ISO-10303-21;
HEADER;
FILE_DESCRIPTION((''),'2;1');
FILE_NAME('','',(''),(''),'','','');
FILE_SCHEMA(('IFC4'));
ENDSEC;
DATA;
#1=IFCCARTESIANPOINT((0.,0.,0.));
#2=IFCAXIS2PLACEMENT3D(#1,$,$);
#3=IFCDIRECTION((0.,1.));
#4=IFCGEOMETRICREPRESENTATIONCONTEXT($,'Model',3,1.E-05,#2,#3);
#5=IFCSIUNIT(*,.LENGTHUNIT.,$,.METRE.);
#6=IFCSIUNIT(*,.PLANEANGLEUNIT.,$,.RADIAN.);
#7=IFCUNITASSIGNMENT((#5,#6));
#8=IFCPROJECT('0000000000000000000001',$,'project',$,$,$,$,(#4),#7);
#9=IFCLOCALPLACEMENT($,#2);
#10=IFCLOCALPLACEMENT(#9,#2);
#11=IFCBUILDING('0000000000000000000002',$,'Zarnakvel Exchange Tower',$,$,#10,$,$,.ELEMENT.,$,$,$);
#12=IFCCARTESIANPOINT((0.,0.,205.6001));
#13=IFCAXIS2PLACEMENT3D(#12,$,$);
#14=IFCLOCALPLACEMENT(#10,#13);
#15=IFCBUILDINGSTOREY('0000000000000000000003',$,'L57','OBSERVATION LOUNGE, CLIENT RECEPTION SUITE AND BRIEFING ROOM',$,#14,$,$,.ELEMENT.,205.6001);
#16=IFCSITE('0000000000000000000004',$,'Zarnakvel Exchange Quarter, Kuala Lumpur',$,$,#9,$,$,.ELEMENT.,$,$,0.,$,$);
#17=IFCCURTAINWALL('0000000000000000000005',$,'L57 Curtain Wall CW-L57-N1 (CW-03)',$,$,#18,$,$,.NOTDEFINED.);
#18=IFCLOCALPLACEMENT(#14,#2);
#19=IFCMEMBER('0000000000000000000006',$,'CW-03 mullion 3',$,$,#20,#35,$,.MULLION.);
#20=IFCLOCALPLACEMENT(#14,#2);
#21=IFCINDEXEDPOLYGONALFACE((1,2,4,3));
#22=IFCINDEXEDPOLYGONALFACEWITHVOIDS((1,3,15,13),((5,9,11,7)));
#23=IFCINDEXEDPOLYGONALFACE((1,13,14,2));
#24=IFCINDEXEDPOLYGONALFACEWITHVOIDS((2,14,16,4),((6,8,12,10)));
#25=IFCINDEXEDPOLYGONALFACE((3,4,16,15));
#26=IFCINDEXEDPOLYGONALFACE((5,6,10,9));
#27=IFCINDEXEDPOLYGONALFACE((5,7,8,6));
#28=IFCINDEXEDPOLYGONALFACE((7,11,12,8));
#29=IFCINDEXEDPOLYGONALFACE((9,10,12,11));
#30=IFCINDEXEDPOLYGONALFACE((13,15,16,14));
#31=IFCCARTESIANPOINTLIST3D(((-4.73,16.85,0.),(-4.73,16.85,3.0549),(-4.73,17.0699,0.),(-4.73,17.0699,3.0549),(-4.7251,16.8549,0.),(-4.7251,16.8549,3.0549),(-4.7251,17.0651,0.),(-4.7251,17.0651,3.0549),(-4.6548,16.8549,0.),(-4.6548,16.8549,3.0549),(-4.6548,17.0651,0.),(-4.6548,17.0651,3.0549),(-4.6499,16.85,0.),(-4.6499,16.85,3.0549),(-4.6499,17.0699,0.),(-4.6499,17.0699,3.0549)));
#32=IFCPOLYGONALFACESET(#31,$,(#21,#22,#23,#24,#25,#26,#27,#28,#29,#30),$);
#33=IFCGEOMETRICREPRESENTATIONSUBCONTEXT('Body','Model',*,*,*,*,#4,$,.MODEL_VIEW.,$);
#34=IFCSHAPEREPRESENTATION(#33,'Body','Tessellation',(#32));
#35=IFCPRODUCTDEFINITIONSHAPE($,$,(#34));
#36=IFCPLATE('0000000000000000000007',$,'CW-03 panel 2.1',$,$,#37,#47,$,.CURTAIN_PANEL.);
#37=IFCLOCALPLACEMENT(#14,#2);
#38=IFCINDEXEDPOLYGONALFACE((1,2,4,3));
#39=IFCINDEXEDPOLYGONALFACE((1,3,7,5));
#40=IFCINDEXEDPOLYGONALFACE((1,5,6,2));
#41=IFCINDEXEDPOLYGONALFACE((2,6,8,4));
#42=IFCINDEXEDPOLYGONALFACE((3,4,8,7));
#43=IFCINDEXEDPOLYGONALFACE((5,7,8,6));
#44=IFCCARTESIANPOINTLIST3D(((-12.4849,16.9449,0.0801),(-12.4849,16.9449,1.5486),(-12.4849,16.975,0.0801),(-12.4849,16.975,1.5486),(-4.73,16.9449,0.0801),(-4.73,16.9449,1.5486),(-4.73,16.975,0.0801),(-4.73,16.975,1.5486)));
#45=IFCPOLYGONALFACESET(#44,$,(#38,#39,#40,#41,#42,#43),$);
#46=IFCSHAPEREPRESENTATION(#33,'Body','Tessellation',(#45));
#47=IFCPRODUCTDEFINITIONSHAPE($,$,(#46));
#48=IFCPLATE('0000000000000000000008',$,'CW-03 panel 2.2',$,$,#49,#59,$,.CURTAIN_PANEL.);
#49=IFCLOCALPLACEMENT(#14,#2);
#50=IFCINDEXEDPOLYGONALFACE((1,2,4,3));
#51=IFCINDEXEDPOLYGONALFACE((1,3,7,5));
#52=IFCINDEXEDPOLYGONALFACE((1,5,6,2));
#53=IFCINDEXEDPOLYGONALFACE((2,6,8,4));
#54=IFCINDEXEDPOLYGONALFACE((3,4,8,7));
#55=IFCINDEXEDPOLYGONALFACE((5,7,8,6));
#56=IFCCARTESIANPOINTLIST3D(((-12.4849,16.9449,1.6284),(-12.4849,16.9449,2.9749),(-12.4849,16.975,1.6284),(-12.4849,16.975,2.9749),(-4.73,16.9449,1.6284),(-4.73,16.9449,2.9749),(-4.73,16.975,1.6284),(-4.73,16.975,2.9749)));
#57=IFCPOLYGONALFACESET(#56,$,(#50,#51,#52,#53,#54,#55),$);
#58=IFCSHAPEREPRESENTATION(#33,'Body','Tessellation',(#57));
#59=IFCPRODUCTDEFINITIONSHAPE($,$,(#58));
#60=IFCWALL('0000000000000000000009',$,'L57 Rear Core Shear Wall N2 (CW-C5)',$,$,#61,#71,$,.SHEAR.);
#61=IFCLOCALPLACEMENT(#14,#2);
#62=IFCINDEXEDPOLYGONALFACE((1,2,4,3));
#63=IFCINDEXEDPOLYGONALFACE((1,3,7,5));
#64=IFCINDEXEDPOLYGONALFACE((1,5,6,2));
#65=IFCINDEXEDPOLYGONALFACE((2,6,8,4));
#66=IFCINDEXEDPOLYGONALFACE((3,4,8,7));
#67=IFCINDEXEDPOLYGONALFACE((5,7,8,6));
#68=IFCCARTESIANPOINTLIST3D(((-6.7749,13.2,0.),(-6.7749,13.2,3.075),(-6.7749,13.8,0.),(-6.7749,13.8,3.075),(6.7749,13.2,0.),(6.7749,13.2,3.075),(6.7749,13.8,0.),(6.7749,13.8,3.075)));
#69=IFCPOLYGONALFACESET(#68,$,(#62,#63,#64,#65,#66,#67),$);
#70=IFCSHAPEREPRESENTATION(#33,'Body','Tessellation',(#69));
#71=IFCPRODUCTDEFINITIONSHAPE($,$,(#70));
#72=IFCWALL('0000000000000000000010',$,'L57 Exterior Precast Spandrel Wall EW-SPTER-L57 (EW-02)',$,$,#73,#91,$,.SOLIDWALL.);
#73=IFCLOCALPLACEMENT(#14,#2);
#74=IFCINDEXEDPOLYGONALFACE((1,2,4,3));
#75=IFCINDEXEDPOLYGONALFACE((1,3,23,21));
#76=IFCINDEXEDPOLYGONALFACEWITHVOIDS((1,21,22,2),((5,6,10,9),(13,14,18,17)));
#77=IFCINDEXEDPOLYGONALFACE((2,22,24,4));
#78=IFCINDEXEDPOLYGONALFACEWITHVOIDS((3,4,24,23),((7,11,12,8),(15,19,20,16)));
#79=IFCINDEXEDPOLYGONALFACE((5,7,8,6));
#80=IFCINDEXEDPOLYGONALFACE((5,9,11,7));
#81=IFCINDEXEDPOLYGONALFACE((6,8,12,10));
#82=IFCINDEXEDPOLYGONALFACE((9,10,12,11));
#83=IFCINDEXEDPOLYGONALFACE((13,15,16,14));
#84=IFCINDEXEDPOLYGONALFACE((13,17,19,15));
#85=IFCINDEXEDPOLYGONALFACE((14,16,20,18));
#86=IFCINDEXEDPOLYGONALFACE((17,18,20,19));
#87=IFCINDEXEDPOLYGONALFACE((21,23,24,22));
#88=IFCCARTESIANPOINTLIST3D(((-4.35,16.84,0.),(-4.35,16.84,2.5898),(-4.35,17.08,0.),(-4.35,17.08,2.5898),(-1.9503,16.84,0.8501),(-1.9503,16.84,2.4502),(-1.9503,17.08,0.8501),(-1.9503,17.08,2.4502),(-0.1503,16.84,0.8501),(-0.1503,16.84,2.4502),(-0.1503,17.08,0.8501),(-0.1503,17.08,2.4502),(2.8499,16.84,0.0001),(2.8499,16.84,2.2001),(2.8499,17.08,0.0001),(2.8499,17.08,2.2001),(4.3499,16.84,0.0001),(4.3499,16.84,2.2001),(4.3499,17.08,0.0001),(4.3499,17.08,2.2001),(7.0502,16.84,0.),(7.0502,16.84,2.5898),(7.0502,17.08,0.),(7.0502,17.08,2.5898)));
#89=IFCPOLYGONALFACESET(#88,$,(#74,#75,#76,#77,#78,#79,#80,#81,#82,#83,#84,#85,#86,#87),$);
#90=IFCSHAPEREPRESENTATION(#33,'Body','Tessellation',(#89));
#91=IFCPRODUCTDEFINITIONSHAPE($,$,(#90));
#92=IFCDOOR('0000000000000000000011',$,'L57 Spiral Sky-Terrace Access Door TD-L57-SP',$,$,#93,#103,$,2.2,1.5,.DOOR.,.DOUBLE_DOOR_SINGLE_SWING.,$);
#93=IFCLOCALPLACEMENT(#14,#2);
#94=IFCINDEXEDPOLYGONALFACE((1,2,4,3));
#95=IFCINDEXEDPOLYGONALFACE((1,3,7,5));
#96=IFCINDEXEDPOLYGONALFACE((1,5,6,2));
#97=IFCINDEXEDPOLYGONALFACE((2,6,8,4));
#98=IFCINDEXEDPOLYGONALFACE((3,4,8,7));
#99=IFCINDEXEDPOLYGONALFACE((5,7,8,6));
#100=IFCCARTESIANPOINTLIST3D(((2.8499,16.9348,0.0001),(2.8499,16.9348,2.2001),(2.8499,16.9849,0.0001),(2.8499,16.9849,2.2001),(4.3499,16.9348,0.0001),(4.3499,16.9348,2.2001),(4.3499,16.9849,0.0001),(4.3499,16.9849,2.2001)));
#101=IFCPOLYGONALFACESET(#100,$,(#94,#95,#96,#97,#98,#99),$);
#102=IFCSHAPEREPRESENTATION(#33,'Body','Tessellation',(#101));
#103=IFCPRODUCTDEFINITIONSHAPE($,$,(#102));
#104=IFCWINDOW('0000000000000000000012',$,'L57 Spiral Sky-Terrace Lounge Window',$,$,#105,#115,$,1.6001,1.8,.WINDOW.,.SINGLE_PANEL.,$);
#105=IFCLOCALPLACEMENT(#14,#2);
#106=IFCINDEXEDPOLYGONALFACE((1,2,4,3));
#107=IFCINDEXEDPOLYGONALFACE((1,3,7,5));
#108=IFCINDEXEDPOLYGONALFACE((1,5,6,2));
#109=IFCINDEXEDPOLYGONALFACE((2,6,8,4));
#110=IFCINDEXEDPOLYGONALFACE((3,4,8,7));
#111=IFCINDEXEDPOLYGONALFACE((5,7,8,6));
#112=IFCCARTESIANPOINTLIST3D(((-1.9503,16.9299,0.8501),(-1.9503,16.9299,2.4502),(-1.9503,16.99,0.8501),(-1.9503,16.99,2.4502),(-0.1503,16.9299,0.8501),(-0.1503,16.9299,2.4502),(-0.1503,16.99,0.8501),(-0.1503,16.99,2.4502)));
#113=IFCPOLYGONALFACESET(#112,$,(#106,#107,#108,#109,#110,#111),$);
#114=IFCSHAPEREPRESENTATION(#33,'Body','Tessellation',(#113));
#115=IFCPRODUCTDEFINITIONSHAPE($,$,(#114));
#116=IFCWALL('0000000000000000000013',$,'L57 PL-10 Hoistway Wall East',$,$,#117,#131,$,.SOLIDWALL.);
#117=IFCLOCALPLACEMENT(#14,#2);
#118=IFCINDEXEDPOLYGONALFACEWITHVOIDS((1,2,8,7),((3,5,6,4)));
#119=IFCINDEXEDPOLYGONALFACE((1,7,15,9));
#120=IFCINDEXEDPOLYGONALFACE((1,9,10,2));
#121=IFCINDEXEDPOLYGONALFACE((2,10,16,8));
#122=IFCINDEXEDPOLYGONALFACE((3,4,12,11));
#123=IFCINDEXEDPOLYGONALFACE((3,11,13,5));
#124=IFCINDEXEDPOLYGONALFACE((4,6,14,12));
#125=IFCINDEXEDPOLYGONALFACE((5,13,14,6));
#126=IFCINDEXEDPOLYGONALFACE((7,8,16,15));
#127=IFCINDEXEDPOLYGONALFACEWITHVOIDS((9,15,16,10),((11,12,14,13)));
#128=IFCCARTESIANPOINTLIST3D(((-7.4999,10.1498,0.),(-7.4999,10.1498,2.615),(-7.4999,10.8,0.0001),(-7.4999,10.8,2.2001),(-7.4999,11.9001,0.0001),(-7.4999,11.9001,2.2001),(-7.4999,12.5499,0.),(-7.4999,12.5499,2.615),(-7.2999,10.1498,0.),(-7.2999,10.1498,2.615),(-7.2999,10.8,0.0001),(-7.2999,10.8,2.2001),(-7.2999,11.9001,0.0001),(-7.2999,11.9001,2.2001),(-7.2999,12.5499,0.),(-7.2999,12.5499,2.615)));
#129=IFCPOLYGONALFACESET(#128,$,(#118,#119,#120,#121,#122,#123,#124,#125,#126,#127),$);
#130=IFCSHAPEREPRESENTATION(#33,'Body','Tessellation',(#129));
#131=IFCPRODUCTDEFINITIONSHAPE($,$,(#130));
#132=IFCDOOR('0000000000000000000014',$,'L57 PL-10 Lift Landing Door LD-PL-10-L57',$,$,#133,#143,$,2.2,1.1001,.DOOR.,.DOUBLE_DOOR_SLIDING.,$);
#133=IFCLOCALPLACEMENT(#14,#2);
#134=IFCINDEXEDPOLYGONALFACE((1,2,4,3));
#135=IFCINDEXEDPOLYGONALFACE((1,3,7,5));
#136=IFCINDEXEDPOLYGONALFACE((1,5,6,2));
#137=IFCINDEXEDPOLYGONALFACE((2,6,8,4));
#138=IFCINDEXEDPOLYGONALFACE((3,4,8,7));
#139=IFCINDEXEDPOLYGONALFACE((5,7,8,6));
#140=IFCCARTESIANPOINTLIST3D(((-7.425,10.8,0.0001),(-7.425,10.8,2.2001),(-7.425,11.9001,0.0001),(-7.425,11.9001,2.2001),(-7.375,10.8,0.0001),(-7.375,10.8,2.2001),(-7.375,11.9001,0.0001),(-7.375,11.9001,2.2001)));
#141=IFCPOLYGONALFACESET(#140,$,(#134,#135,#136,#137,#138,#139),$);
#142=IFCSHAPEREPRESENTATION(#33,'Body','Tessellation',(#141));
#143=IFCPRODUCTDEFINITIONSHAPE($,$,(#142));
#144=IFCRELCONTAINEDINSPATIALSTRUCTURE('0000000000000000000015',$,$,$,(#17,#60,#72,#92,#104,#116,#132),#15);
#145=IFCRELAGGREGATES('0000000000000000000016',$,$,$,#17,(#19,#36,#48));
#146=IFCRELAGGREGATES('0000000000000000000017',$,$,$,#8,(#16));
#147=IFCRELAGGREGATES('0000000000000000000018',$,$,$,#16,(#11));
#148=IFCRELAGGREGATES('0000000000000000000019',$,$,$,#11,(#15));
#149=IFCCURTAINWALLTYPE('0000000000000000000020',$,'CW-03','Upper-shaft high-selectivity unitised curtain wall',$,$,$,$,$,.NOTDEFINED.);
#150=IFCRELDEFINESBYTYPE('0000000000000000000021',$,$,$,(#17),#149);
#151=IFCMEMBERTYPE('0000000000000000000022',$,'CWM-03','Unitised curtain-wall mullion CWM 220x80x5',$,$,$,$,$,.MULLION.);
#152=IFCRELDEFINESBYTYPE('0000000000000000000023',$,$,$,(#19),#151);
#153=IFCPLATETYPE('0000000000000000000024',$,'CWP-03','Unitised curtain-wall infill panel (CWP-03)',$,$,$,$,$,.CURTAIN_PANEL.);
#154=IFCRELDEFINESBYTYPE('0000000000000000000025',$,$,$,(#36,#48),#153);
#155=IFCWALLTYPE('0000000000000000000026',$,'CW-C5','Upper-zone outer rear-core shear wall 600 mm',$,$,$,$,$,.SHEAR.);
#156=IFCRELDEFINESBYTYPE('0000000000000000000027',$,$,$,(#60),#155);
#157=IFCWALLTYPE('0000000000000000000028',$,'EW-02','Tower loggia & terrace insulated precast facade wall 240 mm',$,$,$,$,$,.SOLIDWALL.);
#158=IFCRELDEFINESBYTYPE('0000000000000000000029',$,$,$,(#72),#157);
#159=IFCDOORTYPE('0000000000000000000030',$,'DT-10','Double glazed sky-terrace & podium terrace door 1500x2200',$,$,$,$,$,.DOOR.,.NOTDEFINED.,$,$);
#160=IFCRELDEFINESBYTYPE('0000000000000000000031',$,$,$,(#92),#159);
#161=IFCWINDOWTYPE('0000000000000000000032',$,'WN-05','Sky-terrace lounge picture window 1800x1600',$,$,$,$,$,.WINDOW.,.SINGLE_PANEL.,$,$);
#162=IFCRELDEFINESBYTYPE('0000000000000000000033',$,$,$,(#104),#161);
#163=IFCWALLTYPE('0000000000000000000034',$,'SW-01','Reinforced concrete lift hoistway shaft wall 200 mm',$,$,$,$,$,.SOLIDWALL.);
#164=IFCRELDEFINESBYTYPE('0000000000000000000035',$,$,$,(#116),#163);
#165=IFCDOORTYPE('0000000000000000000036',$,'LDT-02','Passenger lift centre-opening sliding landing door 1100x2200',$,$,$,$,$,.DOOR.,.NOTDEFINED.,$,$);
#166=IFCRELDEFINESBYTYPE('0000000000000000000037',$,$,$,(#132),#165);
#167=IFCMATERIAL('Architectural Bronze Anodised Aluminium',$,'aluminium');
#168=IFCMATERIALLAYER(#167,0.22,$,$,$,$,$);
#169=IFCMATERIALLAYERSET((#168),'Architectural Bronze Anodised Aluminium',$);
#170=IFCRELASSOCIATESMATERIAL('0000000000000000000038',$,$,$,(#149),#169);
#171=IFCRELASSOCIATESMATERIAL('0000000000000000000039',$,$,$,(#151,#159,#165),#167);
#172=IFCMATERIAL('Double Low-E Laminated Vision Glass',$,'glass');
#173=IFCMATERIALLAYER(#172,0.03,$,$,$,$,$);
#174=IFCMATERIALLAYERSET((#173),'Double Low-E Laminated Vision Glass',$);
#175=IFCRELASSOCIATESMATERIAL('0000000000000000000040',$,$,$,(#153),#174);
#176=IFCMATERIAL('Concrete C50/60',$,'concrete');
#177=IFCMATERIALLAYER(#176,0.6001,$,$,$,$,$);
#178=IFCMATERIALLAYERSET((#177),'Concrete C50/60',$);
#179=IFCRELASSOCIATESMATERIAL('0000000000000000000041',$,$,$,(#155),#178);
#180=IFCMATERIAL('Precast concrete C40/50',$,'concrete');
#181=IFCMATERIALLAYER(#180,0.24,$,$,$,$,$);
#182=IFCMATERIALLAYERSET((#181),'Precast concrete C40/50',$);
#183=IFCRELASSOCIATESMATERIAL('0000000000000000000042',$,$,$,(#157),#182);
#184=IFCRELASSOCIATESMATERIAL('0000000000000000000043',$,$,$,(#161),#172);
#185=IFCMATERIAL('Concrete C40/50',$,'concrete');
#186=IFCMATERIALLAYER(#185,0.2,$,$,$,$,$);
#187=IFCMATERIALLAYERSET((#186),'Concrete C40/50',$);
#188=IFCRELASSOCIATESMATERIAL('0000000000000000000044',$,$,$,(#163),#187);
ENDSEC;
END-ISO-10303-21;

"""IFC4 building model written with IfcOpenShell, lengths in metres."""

from ifc_helpers import new_model, si_unit, direction, frame, frame_2d, origin, origin_2d, place, context, subcontext, project, spatial, rectangle, hollow_rectangle, extrude, source, transform, mapped, material, layer, layer_set, material_profile, profile_set, type_object, element, fill, aggregate, save


model = new_model("IFC4")

# Units and contexts
model_context = context("Model", 3, precision=1e-05, world=origin(), true_north=direction((0.0, 1.0)))
body_context = subcontext(model_context, "Body", "Model", "MODEL_VIEW")
ifc_project = project(units=[si_unit("LENGTHUNIT", "METRE"), si_unit("PLANEANGLEUNIT", "RADIAN")], contexts=[model_context])

# Site, building, storey
site_placement = place(None, origin())
site = spatial("IfcSite", under=ifc_project, at=site_placement, Name="Zarnakvel Exchange Quarter, Kuala Lumpur", CompositionType="ELEMENT", RefElevation=0.0)
building_placement = place(site_placement, origin())
building = spatial("IfcBuilding", under=site, at=building_placement, Name="Zarnakvel Exchange Tower", CompositionType="ELEMENT")
storey_placement = place(building_placement, frame((0.0, 0.0, 205.6001)))
storey = spatial("IfcBuildingStorey", under=building, at=storey_placement, Name="L57", Description="OBSERVATION LOUNGE, CLIENT RECEPTION SUITE AND BRIEFING ROOM", CompositionType="ELEMENT", Elevation=205.6001)

# Shared definitions
ifc_material_1 = material(Name="Concrete C50/60", Category="concrete")

# Curtain wall, member, plates
ifc_material_2 = material(Name="Architectural Bronze Anodised Aluminium", Category="aluminium")
ifc_layer_1 = layer(ifc_material_2, 0.22)
ifc_layer_set_1 = layer_set([ifc_layer_1], Name="Architectural Bronze Anodised Aluminium")
curtain_wall_type = type_object("IfcCurtainWallType", Name="CW-03", Description="Upper-shaft high-selectivity unitised curtain wall", PredefinedType="NOTDEFINED", material=ifc_layer_set_1)
curtain_wall_placement = place(storey_placement, origin())
curtain_wall = element("IfcCurtainWall", 1, at=curtain_wall_placement, inside=storey, type_object=curtain_wall_type, Name="L57 Curtain Wall CW-L57-N1 (CW-03)", PredefinedType="NOTDEFINED")
ifc_material_profile_1 = material_profile(ifc_material_2, hollow_rectangle(XDim=0.22, YDim=0.0801, WallThickness=0.0049, at=origin_2d()))
ifc_profile_set_1 = profile_set([ifc_material_profile_1], Name="Architectural Bronze Anodised Aluminium")
member_type = type_object("IfcMemberType", Name="CWM-03", Description="Unitised curtain-wall mullion CWM 220x80x5", PredefinedType="MULLION", material=ifc_profile_set_1)
shared_shape_1 = source(origin(), body_context, "Body", "SweptSolid", [
    extrude(hollow_rectangle(XDim=0.22, YDim=0.0801, WallThickness=0.0049, at=origin_2d()), origin(), (0.0, 0.0, 1.0), 3.0549),
])
member_placement = place(storey_placement, frame((-4.6899, 16.96, 0.0), z_axis=(0.0, 0.0, 1.0), x_axis=(0.0, 1.0, 0.0)))
member = element("IfcMember", 2, at=member_placement, type_object=member_type, Name="CW-03 mullion 3", PredefinedType="MULLION", context=body_context, shape_type="MappedRepresentation", body=[
    mapped(shared_shape_1, transform((0.0, 0.0, 0.0), x_axis=(1.0, 0.0, 0.0), y_axis=(0.0, 1.0, 0.0), z_axis=(0.0, 0.0, 1.0), scale=1.0)),
])
ifc_material_3 = material(Name="Double Low-E Laminated Vision Glass", Category="glass")
ifc_layer_2 = layer(ifc_material_3, 0.03)
ifc_layer_set_2 = layer_set([ifc_layer_2], Name="Double Low-E Laminated Vision Glass")
plate_type = type_object("IfcPlateType", Name="CWP-03", Description="Unitised curtain-wall infill panel (CWP-03)", PredefinedType="CURTAIN_PANEL", material=ifc_layer_set_2)
shared_shape_2 = source(origin(), body_context, "Body", "SweptSolid", [
    extrude(rectangle(XDim=7.7549, YDim=0.03, at=origin_2d()), origin(), (0.0, 0.0, 1.0), 1.4685),
])
plate_1_placement = place(storey_placement, frame((-8.6074, 16.96, 0.0801), z_axis=(0.0, 0.0, 1.0), x_axis=(1.0, 0.0, 0.0)))
plate_1 = element("IfcPlate", 3, at=plate_1_placement, type_object=plate_type, Name="CW-03 panel 2.1", PredefinedType="CURTAIN_PANEL", context=body_context, shape_type="MappedRepresentation", body=[
    mapped(shared_shape_2, transform((0.0, 0.0, 0.0), x_axis=(1.0, 0.0, 0.0), y_axis=(0.0, 1.0, 0.0), z_axis=(0.0, 0.0, 1.0), scale=1.0)),
])
shared_shape_3 = source(origin(), body_context, "Body", "SweptSolid", [
    extrude(rectangle(XDim=7.7549, YDim=0.03, at=origin_2d()), origin(), (0.0, 0.0, 1.0), 1.3464),
])
plate_2_placement = place(storey_placement, frame((-8.6074, 16.96, 1.6284), z_axis=(0.0, 0.0, 1.0), x_axis=(1.0, 0.0, 0.0)))
plate_2 = element("IfcPlate", 4, at=plate_2_placement, type_object=plate_type, Name="CW-03 panel 2.2", PredefinedType="CURTAIN_PANEL", context=body_context, shape_type="MappedRepresentation", body=[
    mapped(shared_shape_3, transform((0.0, 0.0, 0.0), x_axis=(1.0, 0.0, 0.0), y_axis=(0.0, 1.0, 0.0), z_axis=(0.0, 0.0, 1.0), scale=1.0)),
])
aggregate(curtain_wall, [member, plate_1, plate_2])

# Wall
ifc_layer_3 = layer(ifc_material_1, 0.6001)
ifc_layer_set_3 = layer_set([ifc_layer_3], Name="Concrete C50/60")
wall_type_1 = type_object("IfcWallType", Name="CW-C5", Description="Upper-zone outer rear-core shear wall 600 mm", PredefinedType="SHEAR", material=ifc_layer_set_3)
wall_1_placement = place(storey_placement, frame((-6.7749, 13.5, 0.0), z_axis=(0.0, 0.0, 1.0), x_axis=(1.0, 0.0, 0.0)))
element("IfcWall", 5, at=wall_1_placement, inside=storey, type_object=wall_type_1, Name="L57 Rear Core Shear Wall N2 (CW-C5)", PredefinedType="SHEAR", context=body_context, shape_type="SweptSolid", body=[
    extrude(rectangle(XDim=13.5498, YDim=0.6001, at=frame_2d((6.7749, 0.0))), origin(), (0.0, 0.0, 1.0), 3.075),
])

# Wall, openings, door, window
ifc_material_4 = material(Name="Precast concrete C40/50", Category="concrete")
ifc_layer_4 = layer(ifc_material_4, 0.24)
ifc_layer_set_4 = layer_set([ifc_layer_4], Name="Precast concrete C40/50")
wall_type_2 = type_object("IfcWallType", Name="EW-02", Description="Tower loggia & terrace insulated precast facade wall 240 mm", PredefinedType="SOLIDWALL", material=ifc_layer_set_4)
wall_2_placement = place(storey_placement, frame((-4.3501, 16.96, 0.0), z_axis=(0.0, 0.0, 1.0), x_axis=(1.0, 0.0, 0.0)))
wall_2 = element("IfcWall", 6, at=wall_2_placement, inside=storey, type_object=wall_type_2, Name="L57 Exterior Precast Spandrel Wall EW-SPTER-L57 (EW-02)", PredefinedType="SOLIDWALL", context=body_context, shape_type="SweptSolid", body=[
    extrude(rectangle(XDim=11.4001, YDim=0.24, at=frame_2d((5.7002, 0.0))), origin(), (0.0, 0.0, 1.0), 2.5898),
])
opening_1_placement = place(wall_2_placement, frame((7.2, 0.0, 0.0)))
opening_1 = element("IfcOpeningElement", 7, at=opening_1_placement, cuts=wall_2, PredefinedType="OPENING", context=body_context, shape_type="SweptSolid", body=[
    extrude(rectangle(XDim=1.5, YDim=2.2, at=frame_2d((0.75, 1.1001))), frame((0.0, 0.1299, 0.0), z_axis=(0.0, -1.0, 0.0), x_axis=(1.0, 0.0, 0.0)), (0.0, 0.0, 1.0), 0.26),
])
opening_2_placement = place(wall_2_placement, frame((2.3999, 0.0, 0.8501)))
opening_2 = element("IfcOpeningElement", 8, at=opening_2_placement, cuts=wall_2, PredefinedType="OPENING", context=body_context, shape_type="SweptSolid", body=[
    extrude(rectangle(XDim=1.8, YDim=1.6001, at=frame_2d((0.8999, 0.8))), frame((0.0, 0.1299, 0.0), z_axis=(0.0, -1.0, 0.0), x_axis=(1.0, 0.0, 0.0)), (0.0, 0.0, 1.0), 0.26),
])
door_type_1 = type_object("IfcDoorType", Name="DT-10", Description="Double glazed sky-terrace & podium terrace door 1500x2200", OperationType="NOTDEFINED", PredefinedType="DOOR", material=ifc_material_2)
shared_shape_4 = source(origin(), body_context, "Body", "SweptSolid", [
    extrude(rectangle(XDim=1.5, YDim=2.2, at=frame_2d((0.75, 1.1001))), frame((0.0, 0.0249, 0.0), z_axis=(0.0, -1.0, 0.0), x_axis=(1.0, 0.0, 0.0)), (0.0, 0.0, 1.0), 0.05),
])
door_1_placement = place(opening_1_placement, origin())
door_1 = element("IfcDoor", 9, at=door_1_placement, inside=storey, type_object=door_type_1, Name="L57 Spiral Sky-Terrace Access Door TD-L57-SP", OperationType="DOUBLE_DOOR_SINGLE_SWING", OverallHeight=2.2, OverallWidth=1.5, PredefinedType="DOOR", context=body_context, shape_type="MappedRepresentation", body=[
    mapped(shared_shape_4, transform((0.0, 0.0, 0.0), x_axis=(1.0, 0.0, 0.0), y_axis=(0.0, 1.0, 0.0), z_axis=(0.0, 0.0, 1.0), scale=1.0)),
])
fill(opening_1, door_1)
window_type = type_object("IfcWindowType", Name="WN-05", Description="Sky-terrace lounge picture window 1800x1600", PartitioningType="SINGLE_PANEL", PredefinedType="WINDOW", material=ifc_material_3)
shared_shape_5 = source(origin(), body_context, "Body", "SweptSolid", [
    extrude(rectangle(XDim=1.8, YDim=1.6001, at=frame_2d((0.8999, 0.8))), frame((0.0, 0.03, 0.0), z_axis=(0.0, -1.0, 0.0), x_axis=(1.0, 0.0, 0.0)), (0.0, 0.0, 1.0), 0.0601),
])
window_placement = place(opening_2_placement, origin())
window = element("IfcWindow", 10, at=window_placement, inside=storey, type_object=window_type, Name="L57 Spiral Sky-Terrace Lounge Window", OverallHeight=1.6001, OverallWidth=1.8, PartitioningType="SINGLE_PANEL", PredefinedType="WINDOW", context=body_context, shape_type="MappedRepresentation", body=[
    mapped(shared_shape_5, transform((0.0, 0.0, 0.0), x_axis=(1.0, 0.0, 0.0), y_axis=(0.0, 1.0, 0.0), z_axis=(0.0, 0.0, 1.0), scale=1.0)),
])
fill(opening_2, window)

# Wall, opening, door
ifc_material_5 = material(Name="Concrete C40/50", Category="concrete")
ifc_layer_5 = layer(ifc_material_5, 0.2)
ifc_layer_set_5 = layer_set([ifc_layer_5], Name="Concrete C40/50")
wall_type_3 = type_object("IfcWallType", Name="SW-01", Description="Reinforced concrete lift hoistway shaft wall 200 mm", PredefinedType="SOLIDWALL", material=ifc_layer_set_5)
wall_3_placement = place(storey_placement, frame((-7.3999, 12.55, 0.0), z_axis=(0.0, 0.0, 1.0), x_axis=(0.0, -1.0, 0.0)))
wall_3 = element("IfcWall", 11, at=wall_3_placement, inside=storey, type_object=wall_type_3, Name="L57 PL-10 Hoistway Wall East", PredefinedType="SOLIDWALL", context=body_context, shape_type="SweptSolid", body=[
    extrude(rectangle(XDim=2.4001, YDim=0.2, at=frame_2d((1.2002, 0.0))), origin(), (0.0, 0.0, 1.0), 2.615),
])
opening_3_placement = place(wall_3_placement, frame((0.6499, 0.0, 0.0)))
opening_3 = element("IfcOpeningElement", 12, at=opening_3_placement, cuts=wall_3, PredefinedType="OPENING", context=body_context, shape_type="SweptSolid", body=[
    extrude(rectangle(XDim=1.1001, YDim=2.2, at=frame_2d((0.55, 1.1001))), frame((0.0, 0.1099, 0.0), z_axis=(0.0, -1.0, 0.0), x_axis=(1.0, 0.0, 0.0)), (0.0, 0.0, 1.0), 0.22),
])
door_type_2 = type_object("IfcDoorType", Name="LDT-02", Description="Passenger lift centre-opening sliding landing door 1100x2200", OperationType="NOTDEFINED", PredefinedType="DOOR", material=ifc_material_2)
shared_shape_6 = source(origin(), body_context, "Body", "SweptSolid", [
    extrude(rectangle(XDim=1.1001, YDim=2.2, at=frame_2d((0.55, 1.1001))), frame((0.0, 0.0249, 0.0), z_axis=(0.0, -1.0, 0.0), x_axis=(1.0, 0.0, 0.0)), (0.0, 0.0, 1.0), 0.05),
])
door_2_placement = place(opening_3_placement, origin())
door_2 = element("IfcDoor", 13, at=door_2_placement, inside=storey, type_object=door_type_2, Name="L57 PL-10 Lift Landing Door LD-PL-10-L57", OperationType="DOUBLE_DOOR_SLIDING", OverallHeight=2.2, OverallWidth=1.1001, PredefinedType="DOOR", context=body_context, shape_type="MappedRepresentation", body=[
    mapped(shared_shape_6, transform((0.0, 0.0, 0.0), x_axis=(1.0, 0.0, 0.0), y_axis=(0.0, 1.0, 0.0), z_axis=(0.0, 0.0, 1.0), scale=1.0)),
])
fill(opening_3, door_2)

save(model, "model.ifc")
